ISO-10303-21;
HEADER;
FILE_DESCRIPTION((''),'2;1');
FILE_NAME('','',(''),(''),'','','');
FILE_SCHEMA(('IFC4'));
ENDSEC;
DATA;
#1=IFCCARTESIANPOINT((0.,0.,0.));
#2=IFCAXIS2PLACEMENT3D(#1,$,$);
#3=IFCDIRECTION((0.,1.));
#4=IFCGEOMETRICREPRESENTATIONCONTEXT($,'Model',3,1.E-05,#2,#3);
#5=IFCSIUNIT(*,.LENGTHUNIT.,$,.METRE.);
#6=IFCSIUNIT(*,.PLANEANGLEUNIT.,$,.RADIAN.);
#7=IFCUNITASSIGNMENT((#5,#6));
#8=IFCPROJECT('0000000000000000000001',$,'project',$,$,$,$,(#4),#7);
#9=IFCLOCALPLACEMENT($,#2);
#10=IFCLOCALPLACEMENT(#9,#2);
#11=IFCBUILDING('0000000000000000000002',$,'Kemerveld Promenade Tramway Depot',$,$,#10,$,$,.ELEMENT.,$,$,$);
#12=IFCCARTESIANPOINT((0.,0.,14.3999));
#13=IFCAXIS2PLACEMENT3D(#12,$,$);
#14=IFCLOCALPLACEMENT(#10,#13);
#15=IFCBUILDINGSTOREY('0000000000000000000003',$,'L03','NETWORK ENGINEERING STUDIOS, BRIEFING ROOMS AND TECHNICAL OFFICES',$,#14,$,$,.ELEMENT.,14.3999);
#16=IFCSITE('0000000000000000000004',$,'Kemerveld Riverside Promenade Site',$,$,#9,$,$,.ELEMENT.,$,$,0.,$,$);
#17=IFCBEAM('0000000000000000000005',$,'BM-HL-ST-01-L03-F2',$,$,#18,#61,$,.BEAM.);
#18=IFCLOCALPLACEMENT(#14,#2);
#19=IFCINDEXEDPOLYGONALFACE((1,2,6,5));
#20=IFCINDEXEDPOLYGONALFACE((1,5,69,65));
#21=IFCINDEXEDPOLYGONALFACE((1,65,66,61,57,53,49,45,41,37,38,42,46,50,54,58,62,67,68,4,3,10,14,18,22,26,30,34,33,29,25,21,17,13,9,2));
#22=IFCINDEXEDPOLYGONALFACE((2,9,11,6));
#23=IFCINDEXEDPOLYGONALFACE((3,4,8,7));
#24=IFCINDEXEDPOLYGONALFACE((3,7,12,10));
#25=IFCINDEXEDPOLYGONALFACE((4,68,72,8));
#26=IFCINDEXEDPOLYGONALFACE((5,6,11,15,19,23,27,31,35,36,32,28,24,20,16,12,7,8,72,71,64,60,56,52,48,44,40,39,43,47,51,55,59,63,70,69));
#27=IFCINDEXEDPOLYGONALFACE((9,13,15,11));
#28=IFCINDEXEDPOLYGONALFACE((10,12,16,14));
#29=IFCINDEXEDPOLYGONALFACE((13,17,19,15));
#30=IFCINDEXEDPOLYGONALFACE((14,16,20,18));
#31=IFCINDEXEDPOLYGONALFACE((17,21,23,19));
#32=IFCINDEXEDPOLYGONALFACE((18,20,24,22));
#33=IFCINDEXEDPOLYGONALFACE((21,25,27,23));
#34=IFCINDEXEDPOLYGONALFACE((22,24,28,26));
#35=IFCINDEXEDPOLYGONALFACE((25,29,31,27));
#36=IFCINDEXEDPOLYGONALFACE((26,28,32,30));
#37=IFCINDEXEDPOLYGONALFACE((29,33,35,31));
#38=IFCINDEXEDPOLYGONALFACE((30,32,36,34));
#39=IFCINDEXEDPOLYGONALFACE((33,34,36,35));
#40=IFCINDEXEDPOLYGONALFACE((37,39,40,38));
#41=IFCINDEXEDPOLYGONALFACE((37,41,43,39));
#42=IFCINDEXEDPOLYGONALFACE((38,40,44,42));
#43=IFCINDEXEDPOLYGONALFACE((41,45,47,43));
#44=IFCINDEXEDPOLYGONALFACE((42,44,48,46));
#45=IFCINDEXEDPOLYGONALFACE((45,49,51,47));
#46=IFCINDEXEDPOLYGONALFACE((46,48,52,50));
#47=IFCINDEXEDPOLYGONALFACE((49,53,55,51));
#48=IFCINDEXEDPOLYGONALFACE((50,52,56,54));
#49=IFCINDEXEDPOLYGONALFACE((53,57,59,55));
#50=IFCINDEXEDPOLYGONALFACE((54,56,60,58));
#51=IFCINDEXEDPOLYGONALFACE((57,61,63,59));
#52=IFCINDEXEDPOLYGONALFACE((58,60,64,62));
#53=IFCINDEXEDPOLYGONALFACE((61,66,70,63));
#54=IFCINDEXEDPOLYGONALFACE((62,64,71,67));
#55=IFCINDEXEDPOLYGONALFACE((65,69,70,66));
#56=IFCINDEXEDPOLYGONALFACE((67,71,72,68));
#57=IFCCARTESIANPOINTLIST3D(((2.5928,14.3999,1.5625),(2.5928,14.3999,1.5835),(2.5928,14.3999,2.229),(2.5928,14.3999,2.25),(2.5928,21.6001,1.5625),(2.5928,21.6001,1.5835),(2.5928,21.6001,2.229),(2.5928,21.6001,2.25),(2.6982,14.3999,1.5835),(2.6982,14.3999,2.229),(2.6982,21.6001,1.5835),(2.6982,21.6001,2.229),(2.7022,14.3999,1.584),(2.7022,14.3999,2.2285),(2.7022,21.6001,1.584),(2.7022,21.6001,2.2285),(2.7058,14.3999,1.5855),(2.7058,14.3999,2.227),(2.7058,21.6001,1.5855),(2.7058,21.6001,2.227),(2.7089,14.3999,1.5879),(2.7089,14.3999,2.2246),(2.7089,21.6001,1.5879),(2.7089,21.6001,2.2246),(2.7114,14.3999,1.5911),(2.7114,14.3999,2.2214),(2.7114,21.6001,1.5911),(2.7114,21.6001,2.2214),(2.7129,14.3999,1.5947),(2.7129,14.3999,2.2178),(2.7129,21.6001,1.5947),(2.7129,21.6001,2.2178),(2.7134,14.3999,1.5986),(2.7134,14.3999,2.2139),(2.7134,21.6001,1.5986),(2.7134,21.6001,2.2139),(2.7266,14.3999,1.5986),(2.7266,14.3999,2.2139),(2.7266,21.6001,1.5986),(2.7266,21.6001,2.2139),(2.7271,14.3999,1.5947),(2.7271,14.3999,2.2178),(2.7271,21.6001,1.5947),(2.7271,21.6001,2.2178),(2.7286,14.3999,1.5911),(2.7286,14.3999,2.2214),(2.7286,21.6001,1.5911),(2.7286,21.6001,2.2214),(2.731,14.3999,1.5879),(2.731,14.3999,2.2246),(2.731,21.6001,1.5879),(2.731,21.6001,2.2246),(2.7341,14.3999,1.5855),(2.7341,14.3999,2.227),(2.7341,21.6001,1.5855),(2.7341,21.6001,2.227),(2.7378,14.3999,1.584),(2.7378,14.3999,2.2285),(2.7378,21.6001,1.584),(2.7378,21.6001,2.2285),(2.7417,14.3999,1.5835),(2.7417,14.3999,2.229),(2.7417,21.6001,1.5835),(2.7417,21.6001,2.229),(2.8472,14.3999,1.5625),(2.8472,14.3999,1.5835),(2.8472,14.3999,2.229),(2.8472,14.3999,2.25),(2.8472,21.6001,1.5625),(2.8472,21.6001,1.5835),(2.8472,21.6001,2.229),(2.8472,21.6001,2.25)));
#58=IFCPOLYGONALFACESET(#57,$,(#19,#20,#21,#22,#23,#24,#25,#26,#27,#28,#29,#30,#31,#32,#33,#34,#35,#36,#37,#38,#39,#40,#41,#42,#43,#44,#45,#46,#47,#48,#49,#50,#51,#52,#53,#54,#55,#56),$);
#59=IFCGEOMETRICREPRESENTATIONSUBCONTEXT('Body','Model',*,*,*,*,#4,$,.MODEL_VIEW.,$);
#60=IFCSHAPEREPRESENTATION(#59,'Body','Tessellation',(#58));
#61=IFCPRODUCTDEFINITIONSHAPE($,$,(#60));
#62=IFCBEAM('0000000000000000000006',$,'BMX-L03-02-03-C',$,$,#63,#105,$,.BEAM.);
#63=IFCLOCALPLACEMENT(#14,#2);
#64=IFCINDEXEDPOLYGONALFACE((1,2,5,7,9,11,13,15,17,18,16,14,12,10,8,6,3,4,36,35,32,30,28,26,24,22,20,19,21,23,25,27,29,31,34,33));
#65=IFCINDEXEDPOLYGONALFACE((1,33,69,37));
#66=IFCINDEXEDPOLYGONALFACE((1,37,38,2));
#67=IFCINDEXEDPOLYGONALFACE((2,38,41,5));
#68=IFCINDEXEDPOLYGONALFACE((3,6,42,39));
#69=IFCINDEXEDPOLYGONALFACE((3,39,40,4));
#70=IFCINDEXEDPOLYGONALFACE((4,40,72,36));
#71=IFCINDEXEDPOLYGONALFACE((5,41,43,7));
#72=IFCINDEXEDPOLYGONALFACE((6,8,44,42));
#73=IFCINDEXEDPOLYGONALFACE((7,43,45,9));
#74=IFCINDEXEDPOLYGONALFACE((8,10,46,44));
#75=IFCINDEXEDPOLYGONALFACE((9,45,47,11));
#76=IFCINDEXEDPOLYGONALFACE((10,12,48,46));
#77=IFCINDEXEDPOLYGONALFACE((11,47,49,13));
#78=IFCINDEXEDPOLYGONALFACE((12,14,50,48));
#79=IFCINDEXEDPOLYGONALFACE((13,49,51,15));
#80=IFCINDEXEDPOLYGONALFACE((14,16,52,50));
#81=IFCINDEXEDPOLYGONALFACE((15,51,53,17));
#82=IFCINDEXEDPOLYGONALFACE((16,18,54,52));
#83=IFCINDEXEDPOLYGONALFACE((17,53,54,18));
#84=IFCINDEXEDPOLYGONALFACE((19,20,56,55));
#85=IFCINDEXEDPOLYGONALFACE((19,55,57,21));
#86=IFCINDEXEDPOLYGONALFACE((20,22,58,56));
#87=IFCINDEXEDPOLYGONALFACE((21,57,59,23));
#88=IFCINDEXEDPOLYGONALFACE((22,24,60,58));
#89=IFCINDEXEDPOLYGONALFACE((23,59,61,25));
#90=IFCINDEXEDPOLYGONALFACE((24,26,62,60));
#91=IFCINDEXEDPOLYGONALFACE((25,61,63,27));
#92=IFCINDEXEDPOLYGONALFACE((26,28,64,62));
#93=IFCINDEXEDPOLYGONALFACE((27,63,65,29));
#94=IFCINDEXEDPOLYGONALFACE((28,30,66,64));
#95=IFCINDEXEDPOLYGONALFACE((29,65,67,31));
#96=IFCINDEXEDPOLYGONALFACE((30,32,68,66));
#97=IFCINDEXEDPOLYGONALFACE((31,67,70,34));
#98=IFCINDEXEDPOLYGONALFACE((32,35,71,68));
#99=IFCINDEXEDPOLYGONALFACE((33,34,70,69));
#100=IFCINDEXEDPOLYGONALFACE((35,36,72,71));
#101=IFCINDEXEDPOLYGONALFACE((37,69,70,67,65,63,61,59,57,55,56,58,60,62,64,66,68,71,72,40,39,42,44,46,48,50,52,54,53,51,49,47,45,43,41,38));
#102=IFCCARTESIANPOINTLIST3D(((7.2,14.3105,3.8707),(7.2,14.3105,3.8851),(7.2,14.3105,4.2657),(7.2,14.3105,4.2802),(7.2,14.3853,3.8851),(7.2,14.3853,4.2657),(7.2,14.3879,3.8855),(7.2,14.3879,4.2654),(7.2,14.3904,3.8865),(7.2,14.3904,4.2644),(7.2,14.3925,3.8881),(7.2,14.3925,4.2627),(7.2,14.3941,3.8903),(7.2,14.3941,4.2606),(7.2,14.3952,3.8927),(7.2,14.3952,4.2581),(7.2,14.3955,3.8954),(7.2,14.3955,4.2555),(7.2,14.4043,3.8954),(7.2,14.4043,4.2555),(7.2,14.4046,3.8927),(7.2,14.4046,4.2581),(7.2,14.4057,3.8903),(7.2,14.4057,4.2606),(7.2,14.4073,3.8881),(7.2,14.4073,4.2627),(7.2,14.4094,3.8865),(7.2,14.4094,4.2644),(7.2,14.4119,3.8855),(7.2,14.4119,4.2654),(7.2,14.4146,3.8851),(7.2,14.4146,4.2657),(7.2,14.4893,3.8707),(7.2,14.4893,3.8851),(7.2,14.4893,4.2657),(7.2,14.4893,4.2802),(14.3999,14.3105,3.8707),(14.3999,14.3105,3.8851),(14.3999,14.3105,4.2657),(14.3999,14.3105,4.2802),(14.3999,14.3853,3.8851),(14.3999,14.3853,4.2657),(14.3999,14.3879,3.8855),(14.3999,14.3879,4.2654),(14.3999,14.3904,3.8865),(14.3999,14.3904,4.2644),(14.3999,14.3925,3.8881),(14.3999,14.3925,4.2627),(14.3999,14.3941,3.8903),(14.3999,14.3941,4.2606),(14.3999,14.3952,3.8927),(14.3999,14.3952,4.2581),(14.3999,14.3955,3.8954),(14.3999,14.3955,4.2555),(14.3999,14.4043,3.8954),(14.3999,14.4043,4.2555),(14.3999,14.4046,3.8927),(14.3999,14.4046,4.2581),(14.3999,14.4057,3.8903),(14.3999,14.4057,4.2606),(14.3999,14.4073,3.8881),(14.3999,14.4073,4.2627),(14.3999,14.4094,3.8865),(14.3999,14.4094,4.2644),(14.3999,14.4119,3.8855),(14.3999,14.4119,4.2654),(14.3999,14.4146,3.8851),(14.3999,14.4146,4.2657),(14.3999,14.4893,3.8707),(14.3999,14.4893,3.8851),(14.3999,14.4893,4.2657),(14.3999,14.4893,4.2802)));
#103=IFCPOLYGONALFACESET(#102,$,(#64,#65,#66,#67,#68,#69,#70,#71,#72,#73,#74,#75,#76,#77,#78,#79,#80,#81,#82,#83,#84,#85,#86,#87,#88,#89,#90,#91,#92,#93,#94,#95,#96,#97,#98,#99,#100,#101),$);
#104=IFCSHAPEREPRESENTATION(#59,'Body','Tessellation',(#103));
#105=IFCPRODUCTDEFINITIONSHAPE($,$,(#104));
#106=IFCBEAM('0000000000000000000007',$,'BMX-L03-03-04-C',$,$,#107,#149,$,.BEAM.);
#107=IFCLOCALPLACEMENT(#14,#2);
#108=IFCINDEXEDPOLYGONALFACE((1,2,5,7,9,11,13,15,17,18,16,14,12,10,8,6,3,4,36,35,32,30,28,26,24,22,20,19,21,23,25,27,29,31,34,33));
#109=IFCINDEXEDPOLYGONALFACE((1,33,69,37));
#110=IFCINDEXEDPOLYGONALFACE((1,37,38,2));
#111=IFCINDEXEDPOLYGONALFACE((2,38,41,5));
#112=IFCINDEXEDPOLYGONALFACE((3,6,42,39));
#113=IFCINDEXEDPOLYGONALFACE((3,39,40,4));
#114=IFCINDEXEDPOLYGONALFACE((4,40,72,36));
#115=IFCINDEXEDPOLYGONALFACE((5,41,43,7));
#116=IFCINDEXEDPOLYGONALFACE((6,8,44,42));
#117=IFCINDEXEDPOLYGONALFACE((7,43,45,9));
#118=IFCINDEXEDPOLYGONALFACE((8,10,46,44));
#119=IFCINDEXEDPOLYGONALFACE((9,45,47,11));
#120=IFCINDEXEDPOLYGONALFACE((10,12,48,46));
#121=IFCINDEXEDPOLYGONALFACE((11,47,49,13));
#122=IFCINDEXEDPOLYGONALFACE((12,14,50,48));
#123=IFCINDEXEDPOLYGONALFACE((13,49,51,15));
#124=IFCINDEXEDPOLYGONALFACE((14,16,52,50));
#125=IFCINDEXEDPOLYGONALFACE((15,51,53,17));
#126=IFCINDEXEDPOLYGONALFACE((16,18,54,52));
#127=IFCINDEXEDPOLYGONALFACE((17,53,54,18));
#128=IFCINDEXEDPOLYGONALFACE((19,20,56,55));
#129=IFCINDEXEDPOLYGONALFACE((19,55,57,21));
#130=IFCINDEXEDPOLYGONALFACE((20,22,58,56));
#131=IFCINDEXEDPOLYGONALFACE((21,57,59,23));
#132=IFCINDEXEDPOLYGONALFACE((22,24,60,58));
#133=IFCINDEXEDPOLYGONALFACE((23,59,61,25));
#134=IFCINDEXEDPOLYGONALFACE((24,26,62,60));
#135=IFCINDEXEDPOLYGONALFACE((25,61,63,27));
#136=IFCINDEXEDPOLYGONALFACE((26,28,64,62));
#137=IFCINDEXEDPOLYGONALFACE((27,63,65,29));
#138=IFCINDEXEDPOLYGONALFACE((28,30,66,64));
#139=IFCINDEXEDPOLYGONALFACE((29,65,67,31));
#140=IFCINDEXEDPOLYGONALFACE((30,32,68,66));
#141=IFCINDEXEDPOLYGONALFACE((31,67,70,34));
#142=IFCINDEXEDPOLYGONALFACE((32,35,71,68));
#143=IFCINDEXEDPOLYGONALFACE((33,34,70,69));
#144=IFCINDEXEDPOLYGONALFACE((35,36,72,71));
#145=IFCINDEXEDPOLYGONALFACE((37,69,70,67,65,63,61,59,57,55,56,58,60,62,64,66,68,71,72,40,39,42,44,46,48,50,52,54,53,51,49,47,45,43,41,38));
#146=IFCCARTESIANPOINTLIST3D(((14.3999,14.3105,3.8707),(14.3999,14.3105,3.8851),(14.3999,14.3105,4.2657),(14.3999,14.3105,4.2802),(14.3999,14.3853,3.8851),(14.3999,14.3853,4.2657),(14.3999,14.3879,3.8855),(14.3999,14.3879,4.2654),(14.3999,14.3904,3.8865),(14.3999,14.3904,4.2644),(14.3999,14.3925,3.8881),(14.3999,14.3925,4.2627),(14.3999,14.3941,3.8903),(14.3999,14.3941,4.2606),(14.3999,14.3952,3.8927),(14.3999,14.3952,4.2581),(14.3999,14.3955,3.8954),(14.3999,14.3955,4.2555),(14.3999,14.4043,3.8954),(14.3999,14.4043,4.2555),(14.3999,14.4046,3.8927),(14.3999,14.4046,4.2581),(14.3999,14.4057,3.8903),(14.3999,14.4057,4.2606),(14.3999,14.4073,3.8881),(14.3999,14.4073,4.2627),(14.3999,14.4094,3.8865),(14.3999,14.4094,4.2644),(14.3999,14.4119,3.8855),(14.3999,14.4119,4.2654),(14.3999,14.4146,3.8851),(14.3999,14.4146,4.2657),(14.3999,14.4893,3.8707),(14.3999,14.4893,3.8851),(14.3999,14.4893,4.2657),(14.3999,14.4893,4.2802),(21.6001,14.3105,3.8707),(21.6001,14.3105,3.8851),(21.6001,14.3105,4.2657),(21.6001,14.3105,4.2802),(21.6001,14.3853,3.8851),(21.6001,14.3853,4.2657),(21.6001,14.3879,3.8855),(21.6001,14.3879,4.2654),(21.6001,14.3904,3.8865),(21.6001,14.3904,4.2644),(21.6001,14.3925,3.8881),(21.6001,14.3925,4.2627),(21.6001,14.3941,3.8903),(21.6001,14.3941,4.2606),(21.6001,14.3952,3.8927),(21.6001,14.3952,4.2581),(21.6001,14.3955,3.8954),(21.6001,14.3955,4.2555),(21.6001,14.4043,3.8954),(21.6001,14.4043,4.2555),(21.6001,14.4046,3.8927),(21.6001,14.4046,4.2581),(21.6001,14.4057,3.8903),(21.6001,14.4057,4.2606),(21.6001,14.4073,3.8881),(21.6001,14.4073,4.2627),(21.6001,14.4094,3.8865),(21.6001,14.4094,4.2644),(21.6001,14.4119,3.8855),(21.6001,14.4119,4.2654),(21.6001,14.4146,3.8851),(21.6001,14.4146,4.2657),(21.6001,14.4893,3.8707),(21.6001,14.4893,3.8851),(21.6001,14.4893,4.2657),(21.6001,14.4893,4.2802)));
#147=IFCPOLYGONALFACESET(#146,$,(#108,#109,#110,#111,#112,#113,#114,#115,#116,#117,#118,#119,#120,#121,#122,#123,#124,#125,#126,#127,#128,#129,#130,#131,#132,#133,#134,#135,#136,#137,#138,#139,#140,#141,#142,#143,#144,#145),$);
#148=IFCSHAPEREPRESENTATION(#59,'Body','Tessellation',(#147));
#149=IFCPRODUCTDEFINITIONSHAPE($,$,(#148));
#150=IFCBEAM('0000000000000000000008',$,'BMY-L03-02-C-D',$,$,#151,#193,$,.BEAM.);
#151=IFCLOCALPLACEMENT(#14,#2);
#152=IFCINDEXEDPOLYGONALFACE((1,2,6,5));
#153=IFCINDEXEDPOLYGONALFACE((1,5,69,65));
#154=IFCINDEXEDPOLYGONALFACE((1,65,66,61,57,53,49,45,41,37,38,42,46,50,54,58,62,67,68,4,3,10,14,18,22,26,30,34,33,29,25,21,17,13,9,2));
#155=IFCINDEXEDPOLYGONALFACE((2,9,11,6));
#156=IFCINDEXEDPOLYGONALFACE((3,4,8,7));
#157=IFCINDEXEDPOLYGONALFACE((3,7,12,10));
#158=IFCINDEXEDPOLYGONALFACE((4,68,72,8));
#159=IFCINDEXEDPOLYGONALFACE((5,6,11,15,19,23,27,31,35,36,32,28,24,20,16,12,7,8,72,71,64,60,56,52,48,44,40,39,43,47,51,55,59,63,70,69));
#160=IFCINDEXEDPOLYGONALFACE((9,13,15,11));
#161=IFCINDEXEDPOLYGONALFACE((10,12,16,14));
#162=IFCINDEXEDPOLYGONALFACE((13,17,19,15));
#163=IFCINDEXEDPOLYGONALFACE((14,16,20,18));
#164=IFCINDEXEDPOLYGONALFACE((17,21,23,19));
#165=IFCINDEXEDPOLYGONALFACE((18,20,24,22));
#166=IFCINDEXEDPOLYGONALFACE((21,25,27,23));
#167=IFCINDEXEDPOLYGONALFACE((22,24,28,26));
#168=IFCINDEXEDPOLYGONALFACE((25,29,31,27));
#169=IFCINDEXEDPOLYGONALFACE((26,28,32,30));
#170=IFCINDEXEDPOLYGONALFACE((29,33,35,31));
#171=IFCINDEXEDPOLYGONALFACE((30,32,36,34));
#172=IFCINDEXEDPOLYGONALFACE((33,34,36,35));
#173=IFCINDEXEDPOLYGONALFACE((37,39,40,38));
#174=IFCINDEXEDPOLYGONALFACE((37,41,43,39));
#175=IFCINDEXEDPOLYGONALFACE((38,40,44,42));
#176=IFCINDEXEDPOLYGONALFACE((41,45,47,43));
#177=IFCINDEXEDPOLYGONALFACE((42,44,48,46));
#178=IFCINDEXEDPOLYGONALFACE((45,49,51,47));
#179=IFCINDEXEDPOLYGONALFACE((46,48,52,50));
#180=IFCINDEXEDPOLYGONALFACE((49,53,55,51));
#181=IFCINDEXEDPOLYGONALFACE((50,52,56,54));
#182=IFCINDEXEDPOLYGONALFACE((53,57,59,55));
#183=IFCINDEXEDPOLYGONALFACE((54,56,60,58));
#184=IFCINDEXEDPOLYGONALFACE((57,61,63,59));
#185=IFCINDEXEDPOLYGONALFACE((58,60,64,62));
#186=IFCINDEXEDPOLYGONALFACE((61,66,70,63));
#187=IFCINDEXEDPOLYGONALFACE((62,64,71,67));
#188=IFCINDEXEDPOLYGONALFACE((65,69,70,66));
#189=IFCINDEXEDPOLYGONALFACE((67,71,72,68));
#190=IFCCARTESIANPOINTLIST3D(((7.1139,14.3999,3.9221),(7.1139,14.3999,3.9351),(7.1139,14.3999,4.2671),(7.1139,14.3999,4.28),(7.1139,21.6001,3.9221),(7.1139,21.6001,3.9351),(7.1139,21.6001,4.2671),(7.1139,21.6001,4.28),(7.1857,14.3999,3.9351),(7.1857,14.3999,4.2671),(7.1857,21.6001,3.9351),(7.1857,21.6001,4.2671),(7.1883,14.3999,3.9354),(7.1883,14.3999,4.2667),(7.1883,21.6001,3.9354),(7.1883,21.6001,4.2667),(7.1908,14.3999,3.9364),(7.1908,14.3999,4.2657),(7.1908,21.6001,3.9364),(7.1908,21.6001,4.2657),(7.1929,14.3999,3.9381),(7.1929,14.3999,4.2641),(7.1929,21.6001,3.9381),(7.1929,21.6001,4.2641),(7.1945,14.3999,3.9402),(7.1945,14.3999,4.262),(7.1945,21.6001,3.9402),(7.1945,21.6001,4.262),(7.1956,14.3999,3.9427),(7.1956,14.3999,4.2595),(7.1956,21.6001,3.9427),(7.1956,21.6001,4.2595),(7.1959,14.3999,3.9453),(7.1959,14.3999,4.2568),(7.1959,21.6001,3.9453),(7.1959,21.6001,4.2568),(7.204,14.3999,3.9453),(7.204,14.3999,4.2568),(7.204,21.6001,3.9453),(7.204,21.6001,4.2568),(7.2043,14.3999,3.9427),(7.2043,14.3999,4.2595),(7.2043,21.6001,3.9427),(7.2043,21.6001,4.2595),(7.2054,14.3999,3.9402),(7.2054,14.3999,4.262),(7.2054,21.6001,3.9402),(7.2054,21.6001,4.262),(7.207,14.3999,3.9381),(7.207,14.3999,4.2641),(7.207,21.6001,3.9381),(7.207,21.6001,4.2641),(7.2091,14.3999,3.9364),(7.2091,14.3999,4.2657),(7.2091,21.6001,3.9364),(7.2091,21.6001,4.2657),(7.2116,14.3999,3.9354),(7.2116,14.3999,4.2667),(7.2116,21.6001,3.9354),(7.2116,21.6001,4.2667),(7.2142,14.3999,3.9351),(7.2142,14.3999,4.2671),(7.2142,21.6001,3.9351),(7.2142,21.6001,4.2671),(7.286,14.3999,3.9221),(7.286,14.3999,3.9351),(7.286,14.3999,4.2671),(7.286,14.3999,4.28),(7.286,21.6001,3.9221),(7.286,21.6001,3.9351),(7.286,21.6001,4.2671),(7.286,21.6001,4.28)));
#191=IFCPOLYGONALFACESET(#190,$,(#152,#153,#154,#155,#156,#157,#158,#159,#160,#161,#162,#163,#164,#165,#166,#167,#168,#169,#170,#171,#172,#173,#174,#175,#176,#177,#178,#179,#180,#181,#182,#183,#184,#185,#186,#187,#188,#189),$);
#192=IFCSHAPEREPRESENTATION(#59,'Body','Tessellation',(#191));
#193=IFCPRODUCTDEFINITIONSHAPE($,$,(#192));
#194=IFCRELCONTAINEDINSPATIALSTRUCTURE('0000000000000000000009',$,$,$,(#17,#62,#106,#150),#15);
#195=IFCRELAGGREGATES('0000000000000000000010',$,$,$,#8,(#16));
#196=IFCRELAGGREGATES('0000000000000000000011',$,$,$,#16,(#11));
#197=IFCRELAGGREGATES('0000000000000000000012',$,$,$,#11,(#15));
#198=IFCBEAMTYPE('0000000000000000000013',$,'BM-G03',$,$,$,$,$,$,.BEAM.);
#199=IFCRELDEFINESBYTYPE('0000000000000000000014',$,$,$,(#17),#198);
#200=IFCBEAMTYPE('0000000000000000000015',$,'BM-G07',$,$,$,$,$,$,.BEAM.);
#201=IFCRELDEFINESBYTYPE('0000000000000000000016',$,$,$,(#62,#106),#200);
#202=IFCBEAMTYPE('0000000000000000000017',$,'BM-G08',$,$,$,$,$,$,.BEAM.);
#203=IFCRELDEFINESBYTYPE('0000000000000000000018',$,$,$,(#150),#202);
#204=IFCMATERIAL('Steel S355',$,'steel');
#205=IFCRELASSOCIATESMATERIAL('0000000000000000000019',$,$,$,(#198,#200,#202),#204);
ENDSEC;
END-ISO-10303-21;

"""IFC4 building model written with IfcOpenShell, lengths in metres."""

from ifc_helpers import new_model, si_unit, direction, frame, origin, origin_2d, place, context, subcontext, project, spatial, i_section, extrude, material, material_profile, profile_set, type_object, element, save


model = new_model("IFC4")

# Units and contexts
model_context = context("Model", 3, precision=1e-05, world=origin(), true_north=direction((0.0, 1.0)))
body_context = subcontext(model_context, "Body", "Model", "MODEL_VIEW")
ifc_project = project(units=[si_unit("LENGTHUNIT", "METRE"), si_unit("PLANEANGLEUNIT", "RADIAN")], contexts=[model_context])

# Site, building, storey
site_placement = place(None, origin())
site = spatial("IfcSite", under=ifc_project, at=site_placement, Name="Kemerveld Riverside Promenade Site", CompositionType="ELEMENT", RefElevation=0.0)
building_placement = place(site_placement, origin())
building = spatial("IfcBuilding", under=site, at=building_placement, Name="Kemerveld Promenade Tramway Depot", CompositionType="ELEMENT")
storey_placement = place(building_placement, frame((0.0, 0.0, 14.3999)))
storey = spatial("IfcBuildingStorey", under=building, at=storey_placement, Name="L03", Description="NETWORK ENGINEERING STUDIOS, BRIEFING ROOMS AND TECHNICAL OFFICES", CompositionType="ELEMENT", Elevation=14.3999)

# Shared definitions
ifc_material_1 = material(Name="Steel S355", Category="steel")

# Beams
ifc_material_profile_1 = material_profile(ifc_material_1, i_section(OverallWidth=0.2544, OverallDepth=0.6875, WebThickness=0.0132, FlangeThickness=0.021, FilletRadius=0.0151, at=origin_2d()), Name="686x254x152 UB")
ifc_profile_set_1 = profile_set([ifc_material_profile_1], Name="Steel S355")
beam_type_1 = type_object("IfcBeamType", Name="BM-G03", PredefinedType="BEAM", material=ifc_profile_set_1)
for number, where, z_axis, x_axis, name in (
    (1, (2.72, 14.3999, 1.9062), (0.0, 1.0, 0.0), (-1.0, 0.0, 0.0), "BM-HL-ST-01-L03-F2"),
):
    element("IfcBeam", number, at=place(storey_placement, frame(where, z_axis=z_axis, x_axis=x_axis)), inside=storey, type_object=beam_type_1, Name=name, PredefinedType="BEAM", context=body_context, shape_type="SweptSolid", body=[
        extrude(i_section(OverallWidth=0.2544, OverallDepth=0.6875, WebThickness=0.0132, FlangeThickness=0.021, FilletRadius=0.0151, at=origin_2d()), origin(), (0.0, 0.0, 1.0), 7.2002),
    ])
ifc_material_profile_2 = material_profile(ifc_material_1, i_section(OverallWidth=0.1787, OverallDepth=0.4094, WebThickness=0.0088, FlangeThickness=0.0144, FilletRadius=0.0103, at=origin_2d()), Name="406x178x67 UB")
ifc_profile_set_2 = profile_set([ifc_material_profile_2], Name="Steel S355")
beam_type_2 = type_object("IfcBeamType", Name="BM-G07", PredefinedType="BEAM", material=ifc_profile_set_2)
beam_1_placement = place(storey_placement, frame((7.2, 14.3999, 4.0754), z_axis=(1.0, 0.0, 0.0), x_axis=(0.0, 1.0, 0.0)))
element("IfcBeam", 2, at=beam_1_placement, inside=storey, type_object=beam_type_2, Name="BMX-L03-02-03-C", PredefinedType="BEAM", context=body_context, shape_type="SweptSolid", body=[
    extrude(i_section(OverallWidth=0.1787, OverallDepth=0.4094, WebThickness=0.0088, FlangeThickness=0.0144, FilletRadius=0.0103, at=origin_2d()), origin(), (0.0, 0.0, 1.0), 7.2),
])
beam_2_placement = place(storey_placement, frame((14.3999, 14.3999, 4.0754), z_axis=(1.0, 0.0, 0.0), x_axis=(0.0, 1.0, 0.0)))
element("IfcBeam", 3, at=beam_2_placement, inside=storey, type_object=beam_type_2, Name="BMX-L03-03-04-C", PredefinedType="BEAM", context=body_context, shape_type="SweptSolid", body=[
    extrude(i_section(OverallWidth=0.1787, OverallDepth=0.4094, WebThickness=0.0088, FlangeThickness=0.0144, FilletRadius=0.0103, at=origin_2d()), origin(), (0.0, 0.0, 1.0), 7.2002),
])
ifc_material_profile_3 = material_profile(ifc_material_1, i_section(OverallWidth=0.1721, OverallDepth=0.3579, WebThickness=0.0081, FlangeThickness=0.0129, FilletRadius=0.0103, at=origin_2d()), Name="356x171x57 UB")
ifc_profile_set_3 = profile_set([ifc_material_profile_3], Name="Steel S355")
beam_type_3 = type_object("IfcBeamType", Name="BM-G08", PredefinedType="BEAM", material=ifc_profile_set_3)
for number, where, z_axis, x_axis, name in (
    (4, (7.2, 14.3999, 4.1011), (0.0, 1.0, 0.0), (-1.0, 0.0, 0.0), "BMY-L03-02-C-D"),
):
    element("IfcBeam", number, at=place(storey_placement, frame(where, z_axis=z_axis, x_axis=x_axis)), inside=storey, type_object=beam_type_3, Name=name, PredefinedType="BEAM", context=body_context, shape_type="SweptSolid", body=[
        extrude(i_section(OverallWidth=0.1721, OverallDepth=0.3579, WebThickness=0.0081, FlangeThickness=0.0129, FilletRadius=0.0103, at=origin_2d()), origin(), (0.0, 0.0, 1.0), 7.2002),
    ])

save(model, "model.ifc")
